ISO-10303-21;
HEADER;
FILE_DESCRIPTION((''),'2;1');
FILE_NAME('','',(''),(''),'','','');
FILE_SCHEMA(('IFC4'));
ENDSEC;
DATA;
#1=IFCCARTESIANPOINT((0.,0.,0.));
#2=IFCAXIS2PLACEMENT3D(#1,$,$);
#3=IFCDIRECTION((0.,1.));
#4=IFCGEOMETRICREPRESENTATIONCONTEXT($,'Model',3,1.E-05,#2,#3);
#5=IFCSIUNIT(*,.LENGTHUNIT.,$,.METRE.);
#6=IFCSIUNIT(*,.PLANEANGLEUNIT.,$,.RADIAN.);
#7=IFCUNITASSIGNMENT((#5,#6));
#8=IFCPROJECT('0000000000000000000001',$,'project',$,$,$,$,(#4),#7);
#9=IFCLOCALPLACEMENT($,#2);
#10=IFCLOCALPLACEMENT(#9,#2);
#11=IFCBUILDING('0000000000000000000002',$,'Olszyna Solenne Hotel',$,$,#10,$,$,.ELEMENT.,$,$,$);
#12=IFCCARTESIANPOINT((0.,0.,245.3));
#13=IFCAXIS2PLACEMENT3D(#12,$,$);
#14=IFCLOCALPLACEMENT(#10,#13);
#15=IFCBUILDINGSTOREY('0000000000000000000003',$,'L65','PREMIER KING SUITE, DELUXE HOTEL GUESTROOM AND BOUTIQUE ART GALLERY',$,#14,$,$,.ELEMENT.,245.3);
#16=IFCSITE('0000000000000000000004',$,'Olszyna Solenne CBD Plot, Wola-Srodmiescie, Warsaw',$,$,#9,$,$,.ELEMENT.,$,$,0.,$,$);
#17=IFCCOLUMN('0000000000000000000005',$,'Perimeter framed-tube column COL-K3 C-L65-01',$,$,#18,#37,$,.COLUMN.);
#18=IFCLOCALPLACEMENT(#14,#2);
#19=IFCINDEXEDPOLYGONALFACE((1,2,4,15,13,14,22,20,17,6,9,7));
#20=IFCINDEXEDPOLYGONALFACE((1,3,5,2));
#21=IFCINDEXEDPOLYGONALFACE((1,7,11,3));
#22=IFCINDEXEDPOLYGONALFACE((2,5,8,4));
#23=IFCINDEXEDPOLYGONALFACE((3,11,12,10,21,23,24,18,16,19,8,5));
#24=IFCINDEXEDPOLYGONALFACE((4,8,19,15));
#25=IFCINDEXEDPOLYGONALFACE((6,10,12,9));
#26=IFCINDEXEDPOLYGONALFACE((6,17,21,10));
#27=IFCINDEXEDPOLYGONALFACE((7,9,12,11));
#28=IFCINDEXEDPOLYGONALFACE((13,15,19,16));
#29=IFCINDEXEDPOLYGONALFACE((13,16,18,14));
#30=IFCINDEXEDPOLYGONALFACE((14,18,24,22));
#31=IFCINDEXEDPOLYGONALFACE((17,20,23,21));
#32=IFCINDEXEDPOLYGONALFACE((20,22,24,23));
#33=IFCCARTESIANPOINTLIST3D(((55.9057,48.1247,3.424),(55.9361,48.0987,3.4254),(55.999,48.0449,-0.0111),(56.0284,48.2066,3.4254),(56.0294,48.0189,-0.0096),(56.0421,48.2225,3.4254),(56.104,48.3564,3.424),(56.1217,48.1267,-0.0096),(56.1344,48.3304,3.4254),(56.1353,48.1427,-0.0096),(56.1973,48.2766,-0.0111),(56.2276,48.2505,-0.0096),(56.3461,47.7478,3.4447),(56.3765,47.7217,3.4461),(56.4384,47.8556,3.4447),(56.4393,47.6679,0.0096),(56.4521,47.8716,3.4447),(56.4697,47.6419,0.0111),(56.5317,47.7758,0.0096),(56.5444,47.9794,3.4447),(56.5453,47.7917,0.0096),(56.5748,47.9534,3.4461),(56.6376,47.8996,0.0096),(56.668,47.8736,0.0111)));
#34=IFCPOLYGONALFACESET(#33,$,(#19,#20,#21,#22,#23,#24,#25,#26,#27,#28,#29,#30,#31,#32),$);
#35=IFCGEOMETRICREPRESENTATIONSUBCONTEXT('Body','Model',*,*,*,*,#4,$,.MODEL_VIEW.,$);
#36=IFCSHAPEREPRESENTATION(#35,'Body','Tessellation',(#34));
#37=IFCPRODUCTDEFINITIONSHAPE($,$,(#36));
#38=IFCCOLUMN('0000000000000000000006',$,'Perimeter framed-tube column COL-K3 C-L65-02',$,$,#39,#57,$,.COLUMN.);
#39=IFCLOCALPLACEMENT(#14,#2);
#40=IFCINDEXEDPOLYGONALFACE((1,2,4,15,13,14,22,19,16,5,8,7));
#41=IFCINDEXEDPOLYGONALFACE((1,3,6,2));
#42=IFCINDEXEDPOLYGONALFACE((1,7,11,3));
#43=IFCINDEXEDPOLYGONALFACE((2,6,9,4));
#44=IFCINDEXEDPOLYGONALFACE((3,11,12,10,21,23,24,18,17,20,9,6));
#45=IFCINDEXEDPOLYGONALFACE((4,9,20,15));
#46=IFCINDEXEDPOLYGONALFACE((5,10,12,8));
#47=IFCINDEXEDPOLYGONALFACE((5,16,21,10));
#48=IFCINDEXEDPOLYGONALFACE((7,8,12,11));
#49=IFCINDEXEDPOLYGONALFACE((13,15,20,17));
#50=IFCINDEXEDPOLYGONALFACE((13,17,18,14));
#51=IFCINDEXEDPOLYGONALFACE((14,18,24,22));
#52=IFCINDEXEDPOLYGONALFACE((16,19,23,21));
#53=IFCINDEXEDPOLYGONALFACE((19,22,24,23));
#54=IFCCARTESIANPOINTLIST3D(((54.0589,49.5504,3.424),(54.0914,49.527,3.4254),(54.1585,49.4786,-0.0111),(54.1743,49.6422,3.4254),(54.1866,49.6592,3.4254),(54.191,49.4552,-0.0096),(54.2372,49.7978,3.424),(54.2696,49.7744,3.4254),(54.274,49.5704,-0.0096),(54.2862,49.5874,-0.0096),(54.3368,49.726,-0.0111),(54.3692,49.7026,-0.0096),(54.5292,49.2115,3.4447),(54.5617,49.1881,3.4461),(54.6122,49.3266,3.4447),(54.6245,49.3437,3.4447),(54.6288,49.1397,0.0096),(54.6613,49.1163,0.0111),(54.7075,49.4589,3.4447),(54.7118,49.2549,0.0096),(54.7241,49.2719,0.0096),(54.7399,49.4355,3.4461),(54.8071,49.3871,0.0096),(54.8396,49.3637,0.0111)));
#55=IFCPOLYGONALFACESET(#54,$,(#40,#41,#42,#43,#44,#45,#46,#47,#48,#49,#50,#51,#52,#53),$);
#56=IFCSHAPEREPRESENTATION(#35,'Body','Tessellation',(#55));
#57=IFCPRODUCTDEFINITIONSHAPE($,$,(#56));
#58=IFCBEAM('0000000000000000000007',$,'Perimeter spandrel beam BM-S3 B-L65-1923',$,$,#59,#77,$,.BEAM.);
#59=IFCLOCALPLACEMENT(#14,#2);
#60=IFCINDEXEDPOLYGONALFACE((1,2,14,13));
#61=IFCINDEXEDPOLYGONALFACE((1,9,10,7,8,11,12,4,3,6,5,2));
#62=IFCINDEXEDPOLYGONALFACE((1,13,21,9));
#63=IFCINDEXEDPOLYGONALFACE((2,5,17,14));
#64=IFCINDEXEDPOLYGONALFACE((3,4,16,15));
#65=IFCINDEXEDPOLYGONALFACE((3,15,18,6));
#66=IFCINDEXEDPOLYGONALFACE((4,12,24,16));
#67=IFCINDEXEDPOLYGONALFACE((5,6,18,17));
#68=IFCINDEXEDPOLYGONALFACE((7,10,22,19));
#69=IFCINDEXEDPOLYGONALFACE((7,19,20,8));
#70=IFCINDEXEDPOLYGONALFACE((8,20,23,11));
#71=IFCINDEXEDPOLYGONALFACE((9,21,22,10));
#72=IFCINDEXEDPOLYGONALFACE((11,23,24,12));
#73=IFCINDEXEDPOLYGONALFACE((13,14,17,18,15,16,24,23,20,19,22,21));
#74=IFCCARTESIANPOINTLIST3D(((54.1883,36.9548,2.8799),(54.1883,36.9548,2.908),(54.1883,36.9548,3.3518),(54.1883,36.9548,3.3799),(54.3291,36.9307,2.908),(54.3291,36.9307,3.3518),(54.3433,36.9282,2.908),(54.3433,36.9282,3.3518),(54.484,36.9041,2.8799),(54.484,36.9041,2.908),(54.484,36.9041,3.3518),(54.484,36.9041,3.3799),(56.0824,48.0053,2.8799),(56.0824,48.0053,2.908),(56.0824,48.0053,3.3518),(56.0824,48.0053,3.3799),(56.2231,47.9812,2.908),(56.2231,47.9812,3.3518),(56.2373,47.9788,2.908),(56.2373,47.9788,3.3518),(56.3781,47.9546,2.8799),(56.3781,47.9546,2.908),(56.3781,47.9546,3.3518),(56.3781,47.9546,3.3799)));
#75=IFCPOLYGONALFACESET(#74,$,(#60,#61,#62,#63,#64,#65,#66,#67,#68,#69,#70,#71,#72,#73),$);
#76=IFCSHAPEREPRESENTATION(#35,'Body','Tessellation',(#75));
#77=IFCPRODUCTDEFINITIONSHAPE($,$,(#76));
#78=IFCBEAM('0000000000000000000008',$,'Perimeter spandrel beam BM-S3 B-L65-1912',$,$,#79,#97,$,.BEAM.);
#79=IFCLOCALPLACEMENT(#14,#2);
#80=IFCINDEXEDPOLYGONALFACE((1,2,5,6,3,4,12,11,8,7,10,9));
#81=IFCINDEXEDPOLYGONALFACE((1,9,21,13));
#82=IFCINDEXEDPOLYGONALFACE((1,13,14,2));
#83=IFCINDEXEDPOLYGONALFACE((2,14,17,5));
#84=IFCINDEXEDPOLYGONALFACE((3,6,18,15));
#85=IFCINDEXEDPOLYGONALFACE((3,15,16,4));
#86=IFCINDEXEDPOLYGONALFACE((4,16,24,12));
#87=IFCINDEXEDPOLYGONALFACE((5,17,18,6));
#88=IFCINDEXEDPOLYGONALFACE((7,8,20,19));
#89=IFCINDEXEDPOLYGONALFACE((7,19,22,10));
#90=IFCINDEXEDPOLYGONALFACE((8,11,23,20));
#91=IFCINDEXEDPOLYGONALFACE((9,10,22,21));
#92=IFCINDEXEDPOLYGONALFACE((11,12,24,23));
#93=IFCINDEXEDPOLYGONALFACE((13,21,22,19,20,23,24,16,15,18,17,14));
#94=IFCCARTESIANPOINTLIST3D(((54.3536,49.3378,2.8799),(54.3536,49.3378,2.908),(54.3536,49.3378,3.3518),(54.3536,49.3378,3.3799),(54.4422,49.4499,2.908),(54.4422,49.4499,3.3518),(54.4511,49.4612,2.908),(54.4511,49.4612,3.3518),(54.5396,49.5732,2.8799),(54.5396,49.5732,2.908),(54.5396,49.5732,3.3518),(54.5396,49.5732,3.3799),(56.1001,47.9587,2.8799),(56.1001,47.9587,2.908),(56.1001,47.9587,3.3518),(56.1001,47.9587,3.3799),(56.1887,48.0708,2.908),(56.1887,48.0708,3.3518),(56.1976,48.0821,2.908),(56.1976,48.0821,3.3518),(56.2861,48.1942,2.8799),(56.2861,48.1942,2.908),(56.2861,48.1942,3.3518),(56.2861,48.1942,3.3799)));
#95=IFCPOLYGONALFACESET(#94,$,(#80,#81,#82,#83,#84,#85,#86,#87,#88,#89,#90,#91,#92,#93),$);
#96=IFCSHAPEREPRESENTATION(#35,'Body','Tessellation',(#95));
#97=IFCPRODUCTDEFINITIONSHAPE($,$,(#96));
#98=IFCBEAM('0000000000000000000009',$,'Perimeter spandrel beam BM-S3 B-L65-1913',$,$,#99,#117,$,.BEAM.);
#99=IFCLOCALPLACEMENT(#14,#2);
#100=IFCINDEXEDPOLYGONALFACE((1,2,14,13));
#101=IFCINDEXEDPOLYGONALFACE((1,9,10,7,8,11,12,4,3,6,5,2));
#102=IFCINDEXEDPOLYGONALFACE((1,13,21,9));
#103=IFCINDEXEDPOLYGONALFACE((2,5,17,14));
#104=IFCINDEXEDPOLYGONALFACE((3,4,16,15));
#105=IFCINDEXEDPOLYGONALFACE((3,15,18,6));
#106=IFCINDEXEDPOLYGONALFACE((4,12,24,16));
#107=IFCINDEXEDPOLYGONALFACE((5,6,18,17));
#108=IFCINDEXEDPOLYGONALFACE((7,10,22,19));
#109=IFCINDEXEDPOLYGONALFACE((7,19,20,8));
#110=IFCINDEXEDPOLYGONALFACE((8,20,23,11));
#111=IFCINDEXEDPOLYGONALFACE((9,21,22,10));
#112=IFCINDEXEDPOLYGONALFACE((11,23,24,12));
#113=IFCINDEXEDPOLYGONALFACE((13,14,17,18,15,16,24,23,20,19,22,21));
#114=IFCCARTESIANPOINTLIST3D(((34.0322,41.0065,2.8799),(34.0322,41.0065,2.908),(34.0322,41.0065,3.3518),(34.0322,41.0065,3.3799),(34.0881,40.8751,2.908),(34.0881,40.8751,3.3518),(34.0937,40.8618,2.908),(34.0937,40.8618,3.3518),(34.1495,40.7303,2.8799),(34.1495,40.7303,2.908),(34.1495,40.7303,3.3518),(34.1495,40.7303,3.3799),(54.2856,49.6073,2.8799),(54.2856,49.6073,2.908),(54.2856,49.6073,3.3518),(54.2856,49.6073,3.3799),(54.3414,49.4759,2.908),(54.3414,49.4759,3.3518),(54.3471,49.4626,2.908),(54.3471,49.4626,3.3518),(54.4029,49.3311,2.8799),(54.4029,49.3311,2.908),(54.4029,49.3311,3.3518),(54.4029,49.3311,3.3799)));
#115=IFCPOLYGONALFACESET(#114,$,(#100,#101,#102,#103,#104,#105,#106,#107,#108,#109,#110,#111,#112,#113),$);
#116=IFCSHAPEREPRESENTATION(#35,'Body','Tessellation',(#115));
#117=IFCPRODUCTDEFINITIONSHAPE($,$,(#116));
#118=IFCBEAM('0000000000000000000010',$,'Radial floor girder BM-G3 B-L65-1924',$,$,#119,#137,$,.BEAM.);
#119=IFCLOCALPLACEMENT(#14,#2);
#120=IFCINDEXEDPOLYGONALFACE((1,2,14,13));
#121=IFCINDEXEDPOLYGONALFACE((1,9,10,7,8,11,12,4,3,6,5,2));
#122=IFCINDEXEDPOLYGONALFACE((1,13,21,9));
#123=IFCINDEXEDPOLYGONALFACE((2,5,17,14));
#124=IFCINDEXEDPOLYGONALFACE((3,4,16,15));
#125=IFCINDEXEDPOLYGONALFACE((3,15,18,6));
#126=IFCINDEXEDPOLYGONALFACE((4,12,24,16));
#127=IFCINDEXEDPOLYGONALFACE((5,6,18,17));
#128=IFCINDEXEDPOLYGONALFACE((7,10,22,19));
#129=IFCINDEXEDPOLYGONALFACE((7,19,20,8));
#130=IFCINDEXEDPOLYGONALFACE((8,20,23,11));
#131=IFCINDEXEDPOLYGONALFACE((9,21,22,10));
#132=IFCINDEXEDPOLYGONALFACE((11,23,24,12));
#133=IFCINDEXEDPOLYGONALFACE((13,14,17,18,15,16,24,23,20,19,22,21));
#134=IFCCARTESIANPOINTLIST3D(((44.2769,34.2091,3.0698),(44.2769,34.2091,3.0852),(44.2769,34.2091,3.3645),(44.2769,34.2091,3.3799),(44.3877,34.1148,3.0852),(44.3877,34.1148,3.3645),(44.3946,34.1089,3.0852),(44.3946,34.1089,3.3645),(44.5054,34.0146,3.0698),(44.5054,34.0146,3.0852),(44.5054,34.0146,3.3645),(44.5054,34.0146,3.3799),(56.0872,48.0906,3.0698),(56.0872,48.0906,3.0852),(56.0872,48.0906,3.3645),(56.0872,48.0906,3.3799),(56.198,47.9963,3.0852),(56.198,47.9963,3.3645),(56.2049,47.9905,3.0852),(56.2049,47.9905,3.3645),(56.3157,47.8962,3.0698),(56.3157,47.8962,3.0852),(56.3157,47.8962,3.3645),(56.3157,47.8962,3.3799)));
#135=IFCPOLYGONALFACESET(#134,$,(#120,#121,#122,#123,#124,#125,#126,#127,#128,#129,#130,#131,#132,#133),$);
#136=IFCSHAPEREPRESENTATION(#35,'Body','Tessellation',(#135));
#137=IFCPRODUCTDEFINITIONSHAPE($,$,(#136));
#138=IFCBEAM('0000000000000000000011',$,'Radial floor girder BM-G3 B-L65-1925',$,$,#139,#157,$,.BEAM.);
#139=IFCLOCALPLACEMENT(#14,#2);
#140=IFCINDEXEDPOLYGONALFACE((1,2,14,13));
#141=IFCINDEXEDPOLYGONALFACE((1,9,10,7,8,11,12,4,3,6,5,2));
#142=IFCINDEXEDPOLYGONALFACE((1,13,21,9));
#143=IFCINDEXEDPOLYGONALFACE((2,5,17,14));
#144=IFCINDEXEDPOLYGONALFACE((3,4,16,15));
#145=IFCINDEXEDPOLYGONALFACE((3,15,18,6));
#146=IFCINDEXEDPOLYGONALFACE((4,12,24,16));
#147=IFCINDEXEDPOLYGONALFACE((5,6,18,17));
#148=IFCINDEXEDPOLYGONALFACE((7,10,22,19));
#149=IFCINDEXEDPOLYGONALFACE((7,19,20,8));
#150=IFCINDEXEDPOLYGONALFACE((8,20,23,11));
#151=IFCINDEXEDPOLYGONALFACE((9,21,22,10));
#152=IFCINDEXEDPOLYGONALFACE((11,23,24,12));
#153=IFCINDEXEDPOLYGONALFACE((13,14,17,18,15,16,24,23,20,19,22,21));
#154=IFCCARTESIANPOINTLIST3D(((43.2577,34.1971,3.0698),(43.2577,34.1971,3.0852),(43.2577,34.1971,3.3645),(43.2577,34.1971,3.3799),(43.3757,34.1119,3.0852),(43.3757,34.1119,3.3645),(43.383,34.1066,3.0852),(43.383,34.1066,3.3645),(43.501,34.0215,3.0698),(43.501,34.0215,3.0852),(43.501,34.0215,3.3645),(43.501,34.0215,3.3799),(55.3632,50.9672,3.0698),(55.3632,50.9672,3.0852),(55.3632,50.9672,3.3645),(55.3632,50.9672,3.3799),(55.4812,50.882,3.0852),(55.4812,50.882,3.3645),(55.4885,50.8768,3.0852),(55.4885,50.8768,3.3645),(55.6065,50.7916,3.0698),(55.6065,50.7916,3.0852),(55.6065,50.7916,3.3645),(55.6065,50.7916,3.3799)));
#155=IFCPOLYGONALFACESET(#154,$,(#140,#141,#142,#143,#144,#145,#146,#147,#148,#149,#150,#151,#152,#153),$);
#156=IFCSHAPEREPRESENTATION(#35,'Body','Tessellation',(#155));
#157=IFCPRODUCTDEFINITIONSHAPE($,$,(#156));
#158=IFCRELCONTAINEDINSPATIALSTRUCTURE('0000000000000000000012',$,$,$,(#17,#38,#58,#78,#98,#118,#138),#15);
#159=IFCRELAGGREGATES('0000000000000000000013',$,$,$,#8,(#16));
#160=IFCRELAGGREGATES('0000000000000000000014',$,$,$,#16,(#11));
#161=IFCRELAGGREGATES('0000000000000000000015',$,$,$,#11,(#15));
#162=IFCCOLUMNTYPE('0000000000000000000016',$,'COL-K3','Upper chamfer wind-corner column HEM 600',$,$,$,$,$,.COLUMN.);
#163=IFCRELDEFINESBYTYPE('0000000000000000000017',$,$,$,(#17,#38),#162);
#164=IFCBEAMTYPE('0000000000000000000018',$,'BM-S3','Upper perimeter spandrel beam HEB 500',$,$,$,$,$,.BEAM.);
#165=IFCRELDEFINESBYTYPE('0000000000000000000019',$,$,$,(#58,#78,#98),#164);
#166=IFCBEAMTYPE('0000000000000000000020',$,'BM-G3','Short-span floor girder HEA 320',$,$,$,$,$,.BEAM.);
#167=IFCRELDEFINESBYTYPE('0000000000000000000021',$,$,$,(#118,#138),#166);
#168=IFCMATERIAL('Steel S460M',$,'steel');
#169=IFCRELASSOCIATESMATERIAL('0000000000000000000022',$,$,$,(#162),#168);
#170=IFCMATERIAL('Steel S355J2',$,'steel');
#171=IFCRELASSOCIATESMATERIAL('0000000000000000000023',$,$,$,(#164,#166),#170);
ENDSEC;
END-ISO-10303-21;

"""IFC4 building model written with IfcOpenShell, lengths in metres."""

from ifc_helpers import new_model, si_unit, direction, frame, origin, origin_2d, place, context, subcontext, project, spatial, i_section, extrude, source, transform, mapped, material, material_profile, profile_set, type_object, element, save


model = new_model("IFC4")

# Units and contexts
model_context = context("Model", 3, precision=1e-05, world=origin(), true_north=direction((0.0, 1.0)))
body_context = subcontext(model_context, "Body", "Model", "MODEL_VIEW")
ifc_project = project(units=[si_unit("LENGTHUNIT", "METRE"), si_unit("PLANEANGLEUNIT", "RADIAN")], contexts=[model_context])

# Site, building, storey
site_placement = place(None, origin())
site = spatial("IfcSite", under=ifc_project, at=site_placement, Name="Olszyna Solenne CBD Plot, Wola-Srodmiescie, Warsaw", CompositionType="ELEMENT", RefElevation=0.0)
building_placement = place(site_placement, origin())
building = spatial("IfcBuilding", under=site, at=building_placement, Name="Olszyna Solenne Hotel", CompositionType="ELEMENT")
storey_placement = place(building_placement, frame((0.0, 0.0, 245.3)))
storey = spatial("IfcBuildingStorey", under=building, at=storey_placement, Name="L65", Description="PREMIER KING SUITE, DELUXE HOTEL GUESTROOM AND BOUTIQUE ART GALLERY", CompositionType="ELEMENT", Elevation=245.3)

# Columns
ifc_material_1 = material(Name="Steel S460M", Category="steel")
ifc_material_profile_1 = material_profile(ifc_material_1, i_section(OverallWidth=0.3049, OverallDepth=0.6201, WebThickness=0.021, FlangeThickness=0.04, at=origin_2d()), Name="HEM 600", Category="load-bearing")
ifc_profile_set_1 = profile_set([ifc_material_profile_1], Name="Steel S460M")
column_type = type_object("IfcColumnType", Name="COL-K3", Description="Upper chamfer wind-corner column HEM 600", PredefinedType="COLUMN", material=ifc_profile_set_1)
shared_shape_1 = source(origin(), body_context, "Body", "SweptSolid", [
    extrude(i_section(OverallWidth=0.3049, OverallDepth=0.6201, WebThickness=0.021, FlangeThickness=0.04, at=origin_2d()), origin(), (0.0, 0.0, 1.0), 3.4373),
])
for number, where, z_axis, x_axis, name in (
    (1, (56.3335, 47.9592, 0.0), (-0.027133, 0.023226, 0.999362), (-0.6503, -0.759678, 0.0), "Perimeter framed-tube column COL-K3 C-L65-01"),
    (2, (54.499, 49.4211, 0.0), (-0.028979, 0.020882, 0.999362), (-0.584619, -0.811308, 0.0), "Perimeter framed-tube column COL-K3 C-L65-02"),
):
    element("IfcColumn", number, at=place(storey_placement, frame(where, z_axis=z_axis, x_axis=x_axis)), inside=storey, type_object=column_type, Name=name, PredefinedType="COLUMN", context=body_context, shape_type="MappedRepresentation", body=[
        mapped(shared_shape_1, transform((0.0, 0.0, 0.0), x_axis=(1.0, 0.0, 0.0), y_axis=(0.0, 1.0, 0.0), z_axis=(0.0, 0.0, 1.0), scale=1.0)),
    ])

# Beams
ifc_material_2 = material(Name="Steel S355J2", Category="steel")
ifc_material_profile_2 = material_profile(ifc_material_2, i_section(OverallWidth=0.3, OverallDepth=0.5, WebThickness=0.0144, FlangeThickness=0.0281, at=origin_2d()), Name="HEB 500", Category="load-bearing")
ifc_profile_set_2 = profile_set([ifc_material_profile_2], Name="Steel S355J2")
beam_type_1 = type_object("IfcBeamType", Name="BM-S3", Description="Upper perimeter spandrel beam HEB 500", PredefinedType="BEAM", material=ifc_profile_set_2)
shared_shape_2 = source(origin(), body_context, "Body", "SweptSolid", [
    extrude(i_section(OverallWidth=0.3, OverallDepth=0.5, WebThickness=0.0144, FlangeThickness=0.0281, at=origin_2d()), origin(), (0.0, 0.0, 1.0), 11.2117),
])
beam_1_placement = place(storey_placement, frame((54.3362, 36.9294, 3.1299), z_axis=(0.168935, 0.985627, 0.0), x_axis=(-0.985627, 0.168935, 0.0)))
element("IfcBeam", 3, at=beam_1_placement, inside=storey, type_object=beam_type_1, Name="Perimeter spandrel beam BM-S3 B-L65-1923", PredefinedType="BEAM", context=body_context, shape_type="MappedRepresentation", body=[
    mapped(shared_shape_2, transform((0.0, 0.0, 0.0), x_axis=(1.0, 0.0, 0.0), y_axis=(0.0, 1.0, 0.0), z_axis=(0.0, 0.0, 1.0), scale=1.0)),
])
shared_shape_3 = source(origin(), body_context, "Body", "SweptSolid", [
    extrude(i_section(OverallWidth=0.3, OverallDepth=0.5, WebThickness=0.0144, FlangeThickness=0.0281, at=origin_2d()), origin(), (0.0, 0.0, 1.0), 2.2253),
])
beam_2_placement = place(storey_placement, frame((56.1931, 48.0764, 3.1299), z_axis=(-0.784824, 0.619719, 0.0), x_axis=(-0.619719, -0.784824, 0.0)))
element("IfcBeam", 4, at=beam_2_placement, inside=storey, type_object=beam_type_1, Name="Perimeter spandrel beam BM-S3 B-L65-1912", PredefinedType="BEAM", context=body_context, shape_type="MappedRepresentation", body=[
    mapped(shared_shape_3, transform((0.0, 0.0, 0.0), x_axis=(1.0, 0.0, 0.0), y_axis=(0.0, 1.0, 0.0), z_axis=(0.0, 0.0, 1.0), scale=1.0)),
])
shared_shape_4 = source(origin(), body_context, "Body", "SweptSolid", [
    extrude(i_section(OverallWidth=0.3, OverallDepth=0.5, WebThickness=0.0144, FlangeThickness=0.0281, at=origin_2d()), origin(), (0.0, 0.0, 1.0), 22.0039),
])
beam_3_placement = place(storey_placement, frame((54.3442, 49.4692, 3.1299), z_axis=(-0.920443, -0.390876, 0.0), x_axis=(0.390876, -0.920443, 0.0)))
element("IfcBeam", 5, at=beam_3_placement, inside=storey, type_object=beam_type_1, Name="Perimeter spandrel beam BM-S3 B-L65-1913", PredefinedType="BEAM", context=body_context, shape_type="MappedRepresentation", body=[
    mapped(shared_shape_4, transform((0.0, 0.0, 0.0), x_axis=(1.0, 0.0, 0.0), y_axis=(0.0, 1.0, 0.0), z_axis=(0.0, 0.0, 1.0), scale=1.0)),
])
ifc_material_profile_3 = material_profile(ifc_material_2, i_section(OverallWidth=0.3, OverallDepth=0.3101, WebThickness=0.009, FlangeThickness=0.0154, at=origin_2d()), Name="HEA 320", Category="load-bearing")
ifc_profile_set_3 = profile_set([ifc_material_profile_3], Name="Steel S355J2")
beam_type_2 = type_object("IfcBeamType", Name="BM-G3", Description="Short-span floor girder HEA 320", PredefinedType="BEAM", material=ifc_profile_set_3)
shared_shape_5 = source(origin(), body_context, "Body", "SweptSolid", [
    extrude(i_section(OverallWidth=0.3, OverallDepth=0.3101, WebThickness=0.009, FlangeThickness=0.0154, at=origin_2d()), origin(), (0.0, 0.0, 1.0), 18.2258),
])
beam_4_placement = place(storey_placement, frame((56.2014, 47.9934, 3.2249), z_axis=(-0.647997, -0.761643, 0.0), x_axis=(0.761643, -0.647997, 0.0)))
element("IfcBeam", 6, at=beam_4_placement, inside=storey, type_object=beam_type_2, Name="Radial floor girder BM-G3 B-L65-1924", PredefinedType="BEAM", context=body_context, shape_type="MappedRepresentation", body=[
    mapped(shared_shape_5, transform((0.0, 0.0, 0.0), x_axis=(1.0, 0.0, 0.0), y_axis=(0.0, 1.0, 0.0), z_axis=(0.0, 0.0, 1.0), scale=1.0)),
])
shared_shape_6 = source(origin(), body_context, "Body", "SweptSolid", [
    extrude(i_section(OverallWidth=0.3, OverallDepth=0.3101, WebThickness=0.009, FlangeThickness=0.0154, at=origin_2d()), origin(), (0.0, 0.0, 1.0), 20.6829),
])
beam_5_placement = place(storey_placement, frame((55.4849, 50.8794, 3.2249), z_axis=(-0.585293, -0.810822, 0.0), x_axis=(0.810822, -0.585293, 0.0)))
element("IfcBeam", 7, at=beam_5_placement, inside=storey, type_object=beam_type_2, Name="Radial floor girder BM-G3 B-L65-1925", PredefinedType="BEAM", context=body_context, shape_type="MappedRepresentation", body=[
    mapped(shared_shape_6, transform((0.0, 0.0, 0.0), x_axis=(1.0, 0.0, 0.0), y_axis=(0.0, 1.0, 0.0), z_axis=(0.0, 0.0, 1.0), scale=1.0)),
])

save(model, "model.ifc")
